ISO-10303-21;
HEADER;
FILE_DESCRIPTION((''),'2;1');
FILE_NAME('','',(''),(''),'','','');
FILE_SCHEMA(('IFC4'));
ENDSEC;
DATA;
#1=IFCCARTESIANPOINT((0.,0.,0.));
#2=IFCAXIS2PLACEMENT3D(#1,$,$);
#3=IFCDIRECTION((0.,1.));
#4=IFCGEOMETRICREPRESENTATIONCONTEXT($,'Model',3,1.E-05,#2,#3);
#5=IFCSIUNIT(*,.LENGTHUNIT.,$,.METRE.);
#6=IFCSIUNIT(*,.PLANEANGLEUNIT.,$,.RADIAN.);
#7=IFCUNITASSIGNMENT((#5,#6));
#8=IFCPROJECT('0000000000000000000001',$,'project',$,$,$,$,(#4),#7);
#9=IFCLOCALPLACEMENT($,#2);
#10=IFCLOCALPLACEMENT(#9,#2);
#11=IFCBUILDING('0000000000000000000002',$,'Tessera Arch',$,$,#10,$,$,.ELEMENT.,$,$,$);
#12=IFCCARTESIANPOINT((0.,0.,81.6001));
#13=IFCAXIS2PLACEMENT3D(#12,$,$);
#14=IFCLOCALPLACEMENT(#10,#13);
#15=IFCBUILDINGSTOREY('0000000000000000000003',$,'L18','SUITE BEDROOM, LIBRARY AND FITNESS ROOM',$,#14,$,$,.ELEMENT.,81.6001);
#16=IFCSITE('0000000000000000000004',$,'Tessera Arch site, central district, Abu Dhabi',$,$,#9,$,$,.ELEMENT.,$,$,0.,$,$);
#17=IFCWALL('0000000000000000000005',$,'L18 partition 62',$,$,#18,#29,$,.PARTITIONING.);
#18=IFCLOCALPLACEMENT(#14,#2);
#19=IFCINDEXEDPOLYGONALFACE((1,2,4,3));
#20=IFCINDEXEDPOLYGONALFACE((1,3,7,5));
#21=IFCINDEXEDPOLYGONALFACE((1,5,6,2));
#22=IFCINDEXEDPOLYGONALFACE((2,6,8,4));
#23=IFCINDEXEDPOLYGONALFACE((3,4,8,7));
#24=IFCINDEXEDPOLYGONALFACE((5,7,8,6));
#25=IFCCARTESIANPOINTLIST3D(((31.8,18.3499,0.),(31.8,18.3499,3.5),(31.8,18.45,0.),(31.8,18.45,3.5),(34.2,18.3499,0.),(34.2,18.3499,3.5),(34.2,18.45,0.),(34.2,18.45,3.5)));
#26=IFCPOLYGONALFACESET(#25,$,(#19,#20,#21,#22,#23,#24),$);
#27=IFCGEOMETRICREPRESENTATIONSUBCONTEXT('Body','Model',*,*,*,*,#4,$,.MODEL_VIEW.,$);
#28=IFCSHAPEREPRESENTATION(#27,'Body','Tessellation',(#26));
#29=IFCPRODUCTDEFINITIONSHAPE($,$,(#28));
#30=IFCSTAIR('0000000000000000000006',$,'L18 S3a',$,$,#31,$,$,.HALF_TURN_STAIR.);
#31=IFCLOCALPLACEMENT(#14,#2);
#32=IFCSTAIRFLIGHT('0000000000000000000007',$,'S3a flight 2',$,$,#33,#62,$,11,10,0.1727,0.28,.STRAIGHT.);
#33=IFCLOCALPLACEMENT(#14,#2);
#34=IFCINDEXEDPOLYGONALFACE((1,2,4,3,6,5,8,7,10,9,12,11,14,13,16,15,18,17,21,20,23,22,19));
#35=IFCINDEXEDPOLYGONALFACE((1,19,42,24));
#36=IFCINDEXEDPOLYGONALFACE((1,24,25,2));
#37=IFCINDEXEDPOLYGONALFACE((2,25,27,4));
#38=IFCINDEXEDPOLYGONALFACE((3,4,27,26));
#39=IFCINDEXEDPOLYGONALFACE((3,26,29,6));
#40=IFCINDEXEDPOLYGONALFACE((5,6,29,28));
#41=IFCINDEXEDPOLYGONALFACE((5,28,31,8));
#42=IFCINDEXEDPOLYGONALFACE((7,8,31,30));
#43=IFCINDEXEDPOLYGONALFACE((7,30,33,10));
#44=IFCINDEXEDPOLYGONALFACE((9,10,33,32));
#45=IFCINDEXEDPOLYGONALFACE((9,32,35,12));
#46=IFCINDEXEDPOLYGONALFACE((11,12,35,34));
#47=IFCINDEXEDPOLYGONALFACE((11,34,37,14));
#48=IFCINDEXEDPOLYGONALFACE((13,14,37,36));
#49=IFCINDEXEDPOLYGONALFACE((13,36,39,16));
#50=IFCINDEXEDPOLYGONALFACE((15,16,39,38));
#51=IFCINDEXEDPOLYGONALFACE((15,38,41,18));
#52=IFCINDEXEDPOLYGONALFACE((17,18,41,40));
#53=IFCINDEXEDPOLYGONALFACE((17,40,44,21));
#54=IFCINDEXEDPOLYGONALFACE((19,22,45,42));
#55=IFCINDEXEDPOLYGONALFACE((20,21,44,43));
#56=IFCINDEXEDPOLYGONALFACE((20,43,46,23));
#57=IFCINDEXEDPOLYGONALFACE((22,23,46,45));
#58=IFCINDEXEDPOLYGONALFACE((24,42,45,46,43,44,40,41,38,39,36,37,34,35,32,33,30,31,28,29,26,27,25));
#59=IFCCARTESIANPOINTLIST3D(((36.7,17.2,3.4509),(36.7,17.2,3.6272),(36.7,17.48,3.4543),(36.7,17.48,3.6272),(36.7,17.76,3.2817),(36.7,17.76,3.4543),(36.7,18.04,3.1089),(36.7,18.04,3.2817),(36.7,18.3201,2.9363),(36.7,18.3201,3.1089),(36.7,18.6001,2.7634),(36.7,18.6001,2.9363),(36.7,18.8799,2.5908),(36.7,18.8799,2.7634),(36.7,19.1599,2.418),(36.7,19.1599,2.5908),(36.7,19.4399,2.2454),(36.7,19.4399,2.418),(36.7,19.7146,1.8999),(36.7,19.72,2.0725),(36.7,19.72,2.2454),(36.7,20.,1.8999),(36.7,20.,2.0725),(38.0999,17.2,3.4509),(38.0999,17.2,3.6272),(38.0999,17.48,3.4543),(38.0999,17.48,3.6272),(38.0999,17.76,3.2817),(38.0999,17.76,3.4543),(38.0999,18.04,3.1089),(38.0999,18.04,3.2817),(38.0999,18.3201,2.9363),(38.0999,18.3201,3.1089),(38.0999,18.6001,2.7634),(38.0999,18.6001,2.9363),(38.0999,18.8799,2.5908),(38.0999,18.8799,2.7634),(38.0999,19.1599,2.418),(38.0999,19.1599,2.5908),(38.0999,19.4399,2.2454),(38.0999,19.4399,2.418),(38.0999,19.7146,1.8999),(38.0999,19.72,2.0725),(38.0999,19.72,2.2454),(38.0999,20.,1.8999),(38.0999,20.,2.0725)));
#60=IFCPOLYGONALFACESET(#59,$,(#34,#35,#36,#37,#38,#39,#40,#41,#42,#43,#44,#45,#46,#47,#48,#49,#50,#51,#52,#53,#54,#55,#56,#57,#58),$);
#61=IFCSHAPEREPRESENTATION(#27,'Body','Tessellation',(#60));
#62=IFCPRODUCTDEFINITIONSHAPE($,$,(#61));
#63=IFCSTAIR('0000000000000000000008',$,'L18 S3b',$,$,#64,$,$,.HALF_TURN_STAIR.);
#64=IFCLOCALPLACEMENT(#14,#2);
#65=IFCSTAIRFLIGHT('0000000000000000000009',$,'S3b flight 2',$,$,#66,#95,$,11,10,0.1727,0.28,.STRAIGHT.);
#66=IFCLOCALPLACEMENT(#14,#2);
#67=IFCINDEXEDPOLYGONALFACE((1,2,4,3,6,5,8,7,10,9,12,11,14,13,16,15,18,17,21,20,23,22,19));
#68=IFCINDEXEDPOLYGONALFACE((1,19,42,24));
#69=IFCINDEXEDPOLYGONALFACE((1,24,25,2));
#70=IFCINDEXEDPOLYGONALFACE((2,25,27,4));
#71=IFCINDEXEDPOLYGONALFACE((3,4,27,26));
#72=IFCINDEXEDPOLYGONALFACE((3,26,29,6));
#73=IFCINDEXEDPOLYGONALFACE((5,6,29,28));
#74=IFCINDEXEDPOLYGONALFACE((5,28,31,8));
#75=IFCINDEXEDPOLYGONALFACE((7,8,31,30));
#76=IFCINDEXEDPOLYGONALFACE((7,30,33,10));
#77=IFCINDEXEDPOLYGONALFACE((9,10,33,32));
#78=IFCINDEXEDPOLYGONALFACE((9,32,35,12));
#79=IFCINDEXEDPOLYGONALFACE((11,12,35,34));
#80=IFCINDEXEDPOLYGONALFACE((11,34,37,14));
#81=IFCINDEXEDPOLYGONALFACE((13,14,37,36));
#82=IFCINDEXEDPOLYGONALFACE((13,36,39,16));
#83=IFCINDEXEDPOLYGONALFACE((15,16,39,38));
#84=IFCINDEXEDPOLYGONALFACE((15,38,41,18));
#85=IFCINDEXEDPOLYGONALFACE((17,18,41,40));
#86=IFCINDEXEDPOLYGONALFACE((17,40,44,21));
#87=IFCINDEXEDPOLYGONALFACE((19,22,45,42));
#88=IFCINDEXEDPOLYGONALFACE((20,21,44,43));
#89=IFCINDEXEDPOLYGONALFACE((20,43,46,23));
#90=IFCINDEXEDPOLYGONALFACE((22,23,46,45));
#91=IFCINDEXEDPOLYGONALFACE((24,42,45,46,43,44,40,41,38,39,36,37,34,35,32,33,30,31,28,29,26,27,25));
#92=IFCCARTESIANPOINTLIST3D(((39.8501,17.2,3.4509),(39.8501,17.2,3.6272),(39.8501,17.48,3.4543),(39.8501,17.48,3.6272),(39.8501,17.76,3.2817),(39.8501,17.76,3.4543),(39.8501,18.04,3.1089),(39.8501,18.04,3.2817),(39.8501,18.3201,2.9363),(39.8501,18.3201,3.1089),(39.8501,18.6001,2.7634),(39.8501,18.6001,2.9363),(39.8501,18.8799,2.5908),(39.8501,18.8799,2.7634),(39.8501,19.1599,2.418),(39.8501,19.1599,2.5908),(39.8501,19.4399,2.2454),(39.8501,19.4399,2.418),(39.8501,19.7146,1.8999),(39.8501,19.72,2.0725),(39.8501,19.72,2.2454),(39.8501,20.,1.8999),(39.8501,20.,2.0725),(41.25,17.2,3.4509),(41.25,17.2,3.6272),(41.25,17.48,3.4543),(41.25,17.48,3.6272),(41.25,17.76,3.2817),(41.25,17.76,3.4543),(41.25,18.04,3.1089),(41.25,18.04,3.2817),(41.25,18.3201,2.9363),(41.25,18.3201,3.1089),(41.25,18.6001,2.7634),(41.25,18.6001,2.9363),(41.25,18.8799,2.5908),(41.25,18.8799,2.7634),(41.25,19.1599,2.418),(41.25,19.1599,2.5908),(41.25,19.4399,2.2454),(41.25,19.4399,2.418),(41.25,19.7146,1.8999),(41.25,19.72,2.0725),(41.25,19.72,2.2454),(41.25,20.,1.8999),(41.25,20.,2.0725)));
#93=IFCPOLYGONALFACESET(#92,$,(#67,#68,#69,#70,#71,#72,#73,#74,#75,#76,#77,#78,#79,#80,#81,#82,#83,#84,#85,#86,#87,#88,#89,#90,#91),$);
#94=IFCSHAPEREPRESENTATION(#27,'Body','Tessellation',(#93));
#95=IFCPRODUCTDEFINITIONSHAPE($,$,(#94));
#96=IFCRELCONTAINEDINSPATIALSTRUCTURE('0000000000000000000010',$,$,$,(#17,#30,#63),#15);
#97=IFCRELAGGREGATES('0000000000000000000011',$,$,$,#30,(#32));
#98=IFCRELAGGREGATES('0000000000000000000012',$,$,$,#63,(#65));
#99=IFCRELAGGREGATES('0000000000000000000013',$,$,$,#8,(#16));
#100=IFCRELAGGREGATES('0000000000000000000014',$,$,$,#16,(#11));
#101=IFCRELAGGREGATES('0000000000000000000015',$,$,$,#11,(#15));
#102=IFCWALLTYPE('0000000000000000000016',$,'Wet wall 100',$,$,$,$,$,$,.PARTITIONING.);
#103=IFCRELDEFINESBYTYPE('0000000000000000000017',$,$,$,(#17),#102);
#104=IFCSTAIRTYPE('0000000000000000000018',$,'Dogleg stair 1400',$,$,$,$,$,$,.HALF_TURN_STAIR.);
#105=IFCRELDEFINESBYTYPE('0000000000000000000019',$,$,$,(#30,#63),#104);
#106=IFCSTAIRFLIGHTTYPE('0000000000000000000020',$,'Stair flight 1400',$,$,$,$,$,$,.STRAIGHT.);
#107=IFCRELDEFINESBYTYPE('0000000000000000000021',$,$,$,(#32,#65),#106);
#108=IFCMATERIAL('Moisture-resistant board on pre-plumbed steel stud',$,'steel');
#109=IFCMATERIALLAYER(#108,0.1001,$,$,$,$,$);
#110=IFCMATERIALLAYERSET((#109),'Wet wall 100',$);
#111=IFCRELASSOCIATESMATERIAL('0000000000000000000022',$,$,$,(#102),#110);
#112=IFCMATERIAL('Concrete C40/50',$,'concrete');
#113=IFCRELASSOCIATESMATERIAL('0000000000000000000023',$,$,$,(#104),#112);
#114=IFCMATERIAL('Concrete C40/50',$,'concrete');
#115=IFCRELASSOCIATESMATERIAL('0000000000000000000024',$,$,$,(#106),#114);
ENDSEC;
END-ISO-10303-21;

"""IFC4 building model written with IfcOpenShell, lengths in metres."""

from ifc_helpers import new_model, si_unit, direction, frame, frame_2d, origin, place, context, subcontext, project, spatial, polyline, rectangle, outline, extrude, material, layer, layer_set, type_object, element, aggregate, save


model = new_model("IFC4")

# Units and contexts
model_context = context("Model", 3, precision=1e-05, world=origin(), true_north=direction((0.0, 1.0)))
body_context = subcontext(model_context, "Body", "Model", "MODEL_VIEW")
ifc_project = project(units=[si_unit("LENGTHUNIT", "METRE"), si_unit("PLANEANGLEUNIT", "RADIAN")], contexts=[model_context])

# Site, building, storey
site_placement = place(None, origin())
site = spatial("IfcSite", under=ifc_project, at=site_placement, Name="Tessera Arch site, central district, Abu Dhabi", CompositionType="ELEMENT", RefElevation=0.0)
building_placement = place(site_placement, origin())
building = spatial("IfcBuilding", under=site, at=building_placement, Name="Tessera Arch", CompositionType="ELEMENT")
storey_placement = place(building_placement, frame((0.0, 0.0, 81.6001)))
storey = spatial("IfcBuildingStorey", under=building, at=storey_placement, Name="L18", Description="SUITE BEDROOM, LIBRARY AND FITNESS ROOM", CompositionType="ELEMENT", Elevation=81.6001)

# Wall
ifc_material_1 = material(Name="Moisture-resistant board on pre-plumbed steel stud", Category="steel")
ifc_layer_1 = layer(ifc_material_1, 0.1001)
ifc_layer_set_1 = layer_set([ifc_layer_1], Name="Wet wall 100")
wall_type_1 = type_object("IfcWallType", Name="Wet wall 100", PredefinedType="PARTITIONING", material=ifc_layer_set_1)
wall_1_placement = place(storey_placement, frame((31.8, 18.3999, 0.0), z_axis=(0.0, 0.0, 1.0), x_axis=(1.0, 0.0, 0.0)))
element("IfcWall", 1, at=wall_1_placement, inside=storey, type_object=wall_type_1, Name="L18 partition 62", PredefinedType="PARTITIONING", context=body_context, shape_type="SweptSolid", body=[
    extrude(rectangle(XDim=2.3999, YDim=0.1001, at=frame_2d((1.2, 0.0))), origin(), (0.0, 0.0, 1.0), 3.5),
])

# Stairs, stair flights
ifc_material_2 = material(Name="Concrete C40/50", Category="concrete")
stair_type = type_object("IfcStairType", Name="Dogleg stair 1400", PredefinedType="HALF_TURN_STAIR", material=ifc_material_2)
stair_1_placement = place(storey_placement, origin())
stair_1 = element("IfcStair", 2, at=stair_1_placement, inside=storey, type_object=stair_type, Name="L18 S3a", PredefinedType="HALF_TURN_STAIR")
ifc_material_3 = material(Name="Concrete C40/50", Category="concrete")
stair_flight_type = type_object("IfcStairFlightType", Name="Stair flight 1400", PredefinedType="STRAIGHT", material=ifc_material_3)
stair_flight_1_placement = place(storey_placement, frame((37.3999, 20.0, 1.8999), z_axis=(0.0, 0.0, 1.0), x_axis=(0.0, -1.0, 0.0)))
stair_flight_1 = element("IfcStairFlight", 3, at=stair_flight_1_placement, type_object=stair_flight_type, Name="S3a flight 2", NumberOfRisers=11, NumberOfTreads=10, PredefinedType="STRAIGHT", RiserHeight=0.1727, TreadLength=0.28, context=body_context, shape_type="SweptSolid", body=[
    extrude(outline(polyline([(0.0, 0.0), (0.0, 0.1726), (0.28, 0.1726), (0.28, 0.3455), (0.5601, 0.3455), (0.5601, 0.5181), (0.8401, 0.5181), (0.8401, 0.6909), (1.1201, 0.6909), (1.1201, 0.8635), (1.3999, 0.8635), (1.3999, 1.0364), (1.6799, 1.0364), (1.6799, 1.209), (1.96, 1.209), (1.96, 1.3818), (2.24, 1.3818), (2.24, 1.5544), (2.52, 1.5544), (2.52, 1.7273), (2.8, 1.7273), (2.8, 1.8999), (2.8, 1.551), (0.2854, 0.0), (0.0, 0.0)])), frame((0.0, 0.7, 0.0), z_axis=(0.0, -1.0, 0.0), x_axis=(1.0, 0.0, 0.0)), (0.0, 0.0, 1.0), 1.3999),
])
aggregate(stair_1, [stair_flight_1])
stair_2_placement = place(storey_placement, origin())
stair_2 = element("IfcStair", 4, at=stair_2_placement, inside=storey, type_object=stair_type, Name="L18 S3b", PredefinedType="HALF_TURN_STAIR")
stair_flight_2_placement = place(storey_placement, frame((40.55, 20.0, 1.8999), z_axis=(0.0, 0.0, 1.0), x_axis=(0.0, -1.0, 0.0)))
stair_flight_2 = element("IfcStairFlight", 5, at=stair_flight_2_placement, type_object=stair_flight_type, Name="S3b flight 2", NumberOfRisers=11, NumberOfTreads=10, PredefinedType="STRAIGHT", RiserHeight=0.1727, TreadLength=0.28, context=body_context, shape_type="SweptSolid", body=[
    extrude(outline(polyline([(0.0, 0.0), (0.0, 0.1726), (0.28, 0.1726), (0.28, 0.3455), (0.5601, 0.3455), (0.5601, 0.5181), (0.8401, 0.5181), (0.8401, 0.6909), (1.1201, 0.6909), (1.1201, 0.8635), (1.3999, 0.8635), (1.3999, 1.0364), (1.6799, 1.0364), (1.6799, 1.209), (1.96, 1.209), (1.96, 1.3818), (2.24, 1.3818), (2.24, 1.5544), (2.52, 1.5544), (2.52, 1.7273), (2.8, 1.7273), (2.8, 1.8999), (2.8, 1.551), (0.2854, 0.0), (0.0, 0.0)])), frame((0.0, 0.7, 0.0), z_axis=(0.0, -1.0, 0.0), x_axis=(1.0, 0.0, 0.0)), (0.0, 0.0, 1.0), 1.3999),
])
aggregate(stair_2, [stair_flight_2])

save(model, "model.ifc")
